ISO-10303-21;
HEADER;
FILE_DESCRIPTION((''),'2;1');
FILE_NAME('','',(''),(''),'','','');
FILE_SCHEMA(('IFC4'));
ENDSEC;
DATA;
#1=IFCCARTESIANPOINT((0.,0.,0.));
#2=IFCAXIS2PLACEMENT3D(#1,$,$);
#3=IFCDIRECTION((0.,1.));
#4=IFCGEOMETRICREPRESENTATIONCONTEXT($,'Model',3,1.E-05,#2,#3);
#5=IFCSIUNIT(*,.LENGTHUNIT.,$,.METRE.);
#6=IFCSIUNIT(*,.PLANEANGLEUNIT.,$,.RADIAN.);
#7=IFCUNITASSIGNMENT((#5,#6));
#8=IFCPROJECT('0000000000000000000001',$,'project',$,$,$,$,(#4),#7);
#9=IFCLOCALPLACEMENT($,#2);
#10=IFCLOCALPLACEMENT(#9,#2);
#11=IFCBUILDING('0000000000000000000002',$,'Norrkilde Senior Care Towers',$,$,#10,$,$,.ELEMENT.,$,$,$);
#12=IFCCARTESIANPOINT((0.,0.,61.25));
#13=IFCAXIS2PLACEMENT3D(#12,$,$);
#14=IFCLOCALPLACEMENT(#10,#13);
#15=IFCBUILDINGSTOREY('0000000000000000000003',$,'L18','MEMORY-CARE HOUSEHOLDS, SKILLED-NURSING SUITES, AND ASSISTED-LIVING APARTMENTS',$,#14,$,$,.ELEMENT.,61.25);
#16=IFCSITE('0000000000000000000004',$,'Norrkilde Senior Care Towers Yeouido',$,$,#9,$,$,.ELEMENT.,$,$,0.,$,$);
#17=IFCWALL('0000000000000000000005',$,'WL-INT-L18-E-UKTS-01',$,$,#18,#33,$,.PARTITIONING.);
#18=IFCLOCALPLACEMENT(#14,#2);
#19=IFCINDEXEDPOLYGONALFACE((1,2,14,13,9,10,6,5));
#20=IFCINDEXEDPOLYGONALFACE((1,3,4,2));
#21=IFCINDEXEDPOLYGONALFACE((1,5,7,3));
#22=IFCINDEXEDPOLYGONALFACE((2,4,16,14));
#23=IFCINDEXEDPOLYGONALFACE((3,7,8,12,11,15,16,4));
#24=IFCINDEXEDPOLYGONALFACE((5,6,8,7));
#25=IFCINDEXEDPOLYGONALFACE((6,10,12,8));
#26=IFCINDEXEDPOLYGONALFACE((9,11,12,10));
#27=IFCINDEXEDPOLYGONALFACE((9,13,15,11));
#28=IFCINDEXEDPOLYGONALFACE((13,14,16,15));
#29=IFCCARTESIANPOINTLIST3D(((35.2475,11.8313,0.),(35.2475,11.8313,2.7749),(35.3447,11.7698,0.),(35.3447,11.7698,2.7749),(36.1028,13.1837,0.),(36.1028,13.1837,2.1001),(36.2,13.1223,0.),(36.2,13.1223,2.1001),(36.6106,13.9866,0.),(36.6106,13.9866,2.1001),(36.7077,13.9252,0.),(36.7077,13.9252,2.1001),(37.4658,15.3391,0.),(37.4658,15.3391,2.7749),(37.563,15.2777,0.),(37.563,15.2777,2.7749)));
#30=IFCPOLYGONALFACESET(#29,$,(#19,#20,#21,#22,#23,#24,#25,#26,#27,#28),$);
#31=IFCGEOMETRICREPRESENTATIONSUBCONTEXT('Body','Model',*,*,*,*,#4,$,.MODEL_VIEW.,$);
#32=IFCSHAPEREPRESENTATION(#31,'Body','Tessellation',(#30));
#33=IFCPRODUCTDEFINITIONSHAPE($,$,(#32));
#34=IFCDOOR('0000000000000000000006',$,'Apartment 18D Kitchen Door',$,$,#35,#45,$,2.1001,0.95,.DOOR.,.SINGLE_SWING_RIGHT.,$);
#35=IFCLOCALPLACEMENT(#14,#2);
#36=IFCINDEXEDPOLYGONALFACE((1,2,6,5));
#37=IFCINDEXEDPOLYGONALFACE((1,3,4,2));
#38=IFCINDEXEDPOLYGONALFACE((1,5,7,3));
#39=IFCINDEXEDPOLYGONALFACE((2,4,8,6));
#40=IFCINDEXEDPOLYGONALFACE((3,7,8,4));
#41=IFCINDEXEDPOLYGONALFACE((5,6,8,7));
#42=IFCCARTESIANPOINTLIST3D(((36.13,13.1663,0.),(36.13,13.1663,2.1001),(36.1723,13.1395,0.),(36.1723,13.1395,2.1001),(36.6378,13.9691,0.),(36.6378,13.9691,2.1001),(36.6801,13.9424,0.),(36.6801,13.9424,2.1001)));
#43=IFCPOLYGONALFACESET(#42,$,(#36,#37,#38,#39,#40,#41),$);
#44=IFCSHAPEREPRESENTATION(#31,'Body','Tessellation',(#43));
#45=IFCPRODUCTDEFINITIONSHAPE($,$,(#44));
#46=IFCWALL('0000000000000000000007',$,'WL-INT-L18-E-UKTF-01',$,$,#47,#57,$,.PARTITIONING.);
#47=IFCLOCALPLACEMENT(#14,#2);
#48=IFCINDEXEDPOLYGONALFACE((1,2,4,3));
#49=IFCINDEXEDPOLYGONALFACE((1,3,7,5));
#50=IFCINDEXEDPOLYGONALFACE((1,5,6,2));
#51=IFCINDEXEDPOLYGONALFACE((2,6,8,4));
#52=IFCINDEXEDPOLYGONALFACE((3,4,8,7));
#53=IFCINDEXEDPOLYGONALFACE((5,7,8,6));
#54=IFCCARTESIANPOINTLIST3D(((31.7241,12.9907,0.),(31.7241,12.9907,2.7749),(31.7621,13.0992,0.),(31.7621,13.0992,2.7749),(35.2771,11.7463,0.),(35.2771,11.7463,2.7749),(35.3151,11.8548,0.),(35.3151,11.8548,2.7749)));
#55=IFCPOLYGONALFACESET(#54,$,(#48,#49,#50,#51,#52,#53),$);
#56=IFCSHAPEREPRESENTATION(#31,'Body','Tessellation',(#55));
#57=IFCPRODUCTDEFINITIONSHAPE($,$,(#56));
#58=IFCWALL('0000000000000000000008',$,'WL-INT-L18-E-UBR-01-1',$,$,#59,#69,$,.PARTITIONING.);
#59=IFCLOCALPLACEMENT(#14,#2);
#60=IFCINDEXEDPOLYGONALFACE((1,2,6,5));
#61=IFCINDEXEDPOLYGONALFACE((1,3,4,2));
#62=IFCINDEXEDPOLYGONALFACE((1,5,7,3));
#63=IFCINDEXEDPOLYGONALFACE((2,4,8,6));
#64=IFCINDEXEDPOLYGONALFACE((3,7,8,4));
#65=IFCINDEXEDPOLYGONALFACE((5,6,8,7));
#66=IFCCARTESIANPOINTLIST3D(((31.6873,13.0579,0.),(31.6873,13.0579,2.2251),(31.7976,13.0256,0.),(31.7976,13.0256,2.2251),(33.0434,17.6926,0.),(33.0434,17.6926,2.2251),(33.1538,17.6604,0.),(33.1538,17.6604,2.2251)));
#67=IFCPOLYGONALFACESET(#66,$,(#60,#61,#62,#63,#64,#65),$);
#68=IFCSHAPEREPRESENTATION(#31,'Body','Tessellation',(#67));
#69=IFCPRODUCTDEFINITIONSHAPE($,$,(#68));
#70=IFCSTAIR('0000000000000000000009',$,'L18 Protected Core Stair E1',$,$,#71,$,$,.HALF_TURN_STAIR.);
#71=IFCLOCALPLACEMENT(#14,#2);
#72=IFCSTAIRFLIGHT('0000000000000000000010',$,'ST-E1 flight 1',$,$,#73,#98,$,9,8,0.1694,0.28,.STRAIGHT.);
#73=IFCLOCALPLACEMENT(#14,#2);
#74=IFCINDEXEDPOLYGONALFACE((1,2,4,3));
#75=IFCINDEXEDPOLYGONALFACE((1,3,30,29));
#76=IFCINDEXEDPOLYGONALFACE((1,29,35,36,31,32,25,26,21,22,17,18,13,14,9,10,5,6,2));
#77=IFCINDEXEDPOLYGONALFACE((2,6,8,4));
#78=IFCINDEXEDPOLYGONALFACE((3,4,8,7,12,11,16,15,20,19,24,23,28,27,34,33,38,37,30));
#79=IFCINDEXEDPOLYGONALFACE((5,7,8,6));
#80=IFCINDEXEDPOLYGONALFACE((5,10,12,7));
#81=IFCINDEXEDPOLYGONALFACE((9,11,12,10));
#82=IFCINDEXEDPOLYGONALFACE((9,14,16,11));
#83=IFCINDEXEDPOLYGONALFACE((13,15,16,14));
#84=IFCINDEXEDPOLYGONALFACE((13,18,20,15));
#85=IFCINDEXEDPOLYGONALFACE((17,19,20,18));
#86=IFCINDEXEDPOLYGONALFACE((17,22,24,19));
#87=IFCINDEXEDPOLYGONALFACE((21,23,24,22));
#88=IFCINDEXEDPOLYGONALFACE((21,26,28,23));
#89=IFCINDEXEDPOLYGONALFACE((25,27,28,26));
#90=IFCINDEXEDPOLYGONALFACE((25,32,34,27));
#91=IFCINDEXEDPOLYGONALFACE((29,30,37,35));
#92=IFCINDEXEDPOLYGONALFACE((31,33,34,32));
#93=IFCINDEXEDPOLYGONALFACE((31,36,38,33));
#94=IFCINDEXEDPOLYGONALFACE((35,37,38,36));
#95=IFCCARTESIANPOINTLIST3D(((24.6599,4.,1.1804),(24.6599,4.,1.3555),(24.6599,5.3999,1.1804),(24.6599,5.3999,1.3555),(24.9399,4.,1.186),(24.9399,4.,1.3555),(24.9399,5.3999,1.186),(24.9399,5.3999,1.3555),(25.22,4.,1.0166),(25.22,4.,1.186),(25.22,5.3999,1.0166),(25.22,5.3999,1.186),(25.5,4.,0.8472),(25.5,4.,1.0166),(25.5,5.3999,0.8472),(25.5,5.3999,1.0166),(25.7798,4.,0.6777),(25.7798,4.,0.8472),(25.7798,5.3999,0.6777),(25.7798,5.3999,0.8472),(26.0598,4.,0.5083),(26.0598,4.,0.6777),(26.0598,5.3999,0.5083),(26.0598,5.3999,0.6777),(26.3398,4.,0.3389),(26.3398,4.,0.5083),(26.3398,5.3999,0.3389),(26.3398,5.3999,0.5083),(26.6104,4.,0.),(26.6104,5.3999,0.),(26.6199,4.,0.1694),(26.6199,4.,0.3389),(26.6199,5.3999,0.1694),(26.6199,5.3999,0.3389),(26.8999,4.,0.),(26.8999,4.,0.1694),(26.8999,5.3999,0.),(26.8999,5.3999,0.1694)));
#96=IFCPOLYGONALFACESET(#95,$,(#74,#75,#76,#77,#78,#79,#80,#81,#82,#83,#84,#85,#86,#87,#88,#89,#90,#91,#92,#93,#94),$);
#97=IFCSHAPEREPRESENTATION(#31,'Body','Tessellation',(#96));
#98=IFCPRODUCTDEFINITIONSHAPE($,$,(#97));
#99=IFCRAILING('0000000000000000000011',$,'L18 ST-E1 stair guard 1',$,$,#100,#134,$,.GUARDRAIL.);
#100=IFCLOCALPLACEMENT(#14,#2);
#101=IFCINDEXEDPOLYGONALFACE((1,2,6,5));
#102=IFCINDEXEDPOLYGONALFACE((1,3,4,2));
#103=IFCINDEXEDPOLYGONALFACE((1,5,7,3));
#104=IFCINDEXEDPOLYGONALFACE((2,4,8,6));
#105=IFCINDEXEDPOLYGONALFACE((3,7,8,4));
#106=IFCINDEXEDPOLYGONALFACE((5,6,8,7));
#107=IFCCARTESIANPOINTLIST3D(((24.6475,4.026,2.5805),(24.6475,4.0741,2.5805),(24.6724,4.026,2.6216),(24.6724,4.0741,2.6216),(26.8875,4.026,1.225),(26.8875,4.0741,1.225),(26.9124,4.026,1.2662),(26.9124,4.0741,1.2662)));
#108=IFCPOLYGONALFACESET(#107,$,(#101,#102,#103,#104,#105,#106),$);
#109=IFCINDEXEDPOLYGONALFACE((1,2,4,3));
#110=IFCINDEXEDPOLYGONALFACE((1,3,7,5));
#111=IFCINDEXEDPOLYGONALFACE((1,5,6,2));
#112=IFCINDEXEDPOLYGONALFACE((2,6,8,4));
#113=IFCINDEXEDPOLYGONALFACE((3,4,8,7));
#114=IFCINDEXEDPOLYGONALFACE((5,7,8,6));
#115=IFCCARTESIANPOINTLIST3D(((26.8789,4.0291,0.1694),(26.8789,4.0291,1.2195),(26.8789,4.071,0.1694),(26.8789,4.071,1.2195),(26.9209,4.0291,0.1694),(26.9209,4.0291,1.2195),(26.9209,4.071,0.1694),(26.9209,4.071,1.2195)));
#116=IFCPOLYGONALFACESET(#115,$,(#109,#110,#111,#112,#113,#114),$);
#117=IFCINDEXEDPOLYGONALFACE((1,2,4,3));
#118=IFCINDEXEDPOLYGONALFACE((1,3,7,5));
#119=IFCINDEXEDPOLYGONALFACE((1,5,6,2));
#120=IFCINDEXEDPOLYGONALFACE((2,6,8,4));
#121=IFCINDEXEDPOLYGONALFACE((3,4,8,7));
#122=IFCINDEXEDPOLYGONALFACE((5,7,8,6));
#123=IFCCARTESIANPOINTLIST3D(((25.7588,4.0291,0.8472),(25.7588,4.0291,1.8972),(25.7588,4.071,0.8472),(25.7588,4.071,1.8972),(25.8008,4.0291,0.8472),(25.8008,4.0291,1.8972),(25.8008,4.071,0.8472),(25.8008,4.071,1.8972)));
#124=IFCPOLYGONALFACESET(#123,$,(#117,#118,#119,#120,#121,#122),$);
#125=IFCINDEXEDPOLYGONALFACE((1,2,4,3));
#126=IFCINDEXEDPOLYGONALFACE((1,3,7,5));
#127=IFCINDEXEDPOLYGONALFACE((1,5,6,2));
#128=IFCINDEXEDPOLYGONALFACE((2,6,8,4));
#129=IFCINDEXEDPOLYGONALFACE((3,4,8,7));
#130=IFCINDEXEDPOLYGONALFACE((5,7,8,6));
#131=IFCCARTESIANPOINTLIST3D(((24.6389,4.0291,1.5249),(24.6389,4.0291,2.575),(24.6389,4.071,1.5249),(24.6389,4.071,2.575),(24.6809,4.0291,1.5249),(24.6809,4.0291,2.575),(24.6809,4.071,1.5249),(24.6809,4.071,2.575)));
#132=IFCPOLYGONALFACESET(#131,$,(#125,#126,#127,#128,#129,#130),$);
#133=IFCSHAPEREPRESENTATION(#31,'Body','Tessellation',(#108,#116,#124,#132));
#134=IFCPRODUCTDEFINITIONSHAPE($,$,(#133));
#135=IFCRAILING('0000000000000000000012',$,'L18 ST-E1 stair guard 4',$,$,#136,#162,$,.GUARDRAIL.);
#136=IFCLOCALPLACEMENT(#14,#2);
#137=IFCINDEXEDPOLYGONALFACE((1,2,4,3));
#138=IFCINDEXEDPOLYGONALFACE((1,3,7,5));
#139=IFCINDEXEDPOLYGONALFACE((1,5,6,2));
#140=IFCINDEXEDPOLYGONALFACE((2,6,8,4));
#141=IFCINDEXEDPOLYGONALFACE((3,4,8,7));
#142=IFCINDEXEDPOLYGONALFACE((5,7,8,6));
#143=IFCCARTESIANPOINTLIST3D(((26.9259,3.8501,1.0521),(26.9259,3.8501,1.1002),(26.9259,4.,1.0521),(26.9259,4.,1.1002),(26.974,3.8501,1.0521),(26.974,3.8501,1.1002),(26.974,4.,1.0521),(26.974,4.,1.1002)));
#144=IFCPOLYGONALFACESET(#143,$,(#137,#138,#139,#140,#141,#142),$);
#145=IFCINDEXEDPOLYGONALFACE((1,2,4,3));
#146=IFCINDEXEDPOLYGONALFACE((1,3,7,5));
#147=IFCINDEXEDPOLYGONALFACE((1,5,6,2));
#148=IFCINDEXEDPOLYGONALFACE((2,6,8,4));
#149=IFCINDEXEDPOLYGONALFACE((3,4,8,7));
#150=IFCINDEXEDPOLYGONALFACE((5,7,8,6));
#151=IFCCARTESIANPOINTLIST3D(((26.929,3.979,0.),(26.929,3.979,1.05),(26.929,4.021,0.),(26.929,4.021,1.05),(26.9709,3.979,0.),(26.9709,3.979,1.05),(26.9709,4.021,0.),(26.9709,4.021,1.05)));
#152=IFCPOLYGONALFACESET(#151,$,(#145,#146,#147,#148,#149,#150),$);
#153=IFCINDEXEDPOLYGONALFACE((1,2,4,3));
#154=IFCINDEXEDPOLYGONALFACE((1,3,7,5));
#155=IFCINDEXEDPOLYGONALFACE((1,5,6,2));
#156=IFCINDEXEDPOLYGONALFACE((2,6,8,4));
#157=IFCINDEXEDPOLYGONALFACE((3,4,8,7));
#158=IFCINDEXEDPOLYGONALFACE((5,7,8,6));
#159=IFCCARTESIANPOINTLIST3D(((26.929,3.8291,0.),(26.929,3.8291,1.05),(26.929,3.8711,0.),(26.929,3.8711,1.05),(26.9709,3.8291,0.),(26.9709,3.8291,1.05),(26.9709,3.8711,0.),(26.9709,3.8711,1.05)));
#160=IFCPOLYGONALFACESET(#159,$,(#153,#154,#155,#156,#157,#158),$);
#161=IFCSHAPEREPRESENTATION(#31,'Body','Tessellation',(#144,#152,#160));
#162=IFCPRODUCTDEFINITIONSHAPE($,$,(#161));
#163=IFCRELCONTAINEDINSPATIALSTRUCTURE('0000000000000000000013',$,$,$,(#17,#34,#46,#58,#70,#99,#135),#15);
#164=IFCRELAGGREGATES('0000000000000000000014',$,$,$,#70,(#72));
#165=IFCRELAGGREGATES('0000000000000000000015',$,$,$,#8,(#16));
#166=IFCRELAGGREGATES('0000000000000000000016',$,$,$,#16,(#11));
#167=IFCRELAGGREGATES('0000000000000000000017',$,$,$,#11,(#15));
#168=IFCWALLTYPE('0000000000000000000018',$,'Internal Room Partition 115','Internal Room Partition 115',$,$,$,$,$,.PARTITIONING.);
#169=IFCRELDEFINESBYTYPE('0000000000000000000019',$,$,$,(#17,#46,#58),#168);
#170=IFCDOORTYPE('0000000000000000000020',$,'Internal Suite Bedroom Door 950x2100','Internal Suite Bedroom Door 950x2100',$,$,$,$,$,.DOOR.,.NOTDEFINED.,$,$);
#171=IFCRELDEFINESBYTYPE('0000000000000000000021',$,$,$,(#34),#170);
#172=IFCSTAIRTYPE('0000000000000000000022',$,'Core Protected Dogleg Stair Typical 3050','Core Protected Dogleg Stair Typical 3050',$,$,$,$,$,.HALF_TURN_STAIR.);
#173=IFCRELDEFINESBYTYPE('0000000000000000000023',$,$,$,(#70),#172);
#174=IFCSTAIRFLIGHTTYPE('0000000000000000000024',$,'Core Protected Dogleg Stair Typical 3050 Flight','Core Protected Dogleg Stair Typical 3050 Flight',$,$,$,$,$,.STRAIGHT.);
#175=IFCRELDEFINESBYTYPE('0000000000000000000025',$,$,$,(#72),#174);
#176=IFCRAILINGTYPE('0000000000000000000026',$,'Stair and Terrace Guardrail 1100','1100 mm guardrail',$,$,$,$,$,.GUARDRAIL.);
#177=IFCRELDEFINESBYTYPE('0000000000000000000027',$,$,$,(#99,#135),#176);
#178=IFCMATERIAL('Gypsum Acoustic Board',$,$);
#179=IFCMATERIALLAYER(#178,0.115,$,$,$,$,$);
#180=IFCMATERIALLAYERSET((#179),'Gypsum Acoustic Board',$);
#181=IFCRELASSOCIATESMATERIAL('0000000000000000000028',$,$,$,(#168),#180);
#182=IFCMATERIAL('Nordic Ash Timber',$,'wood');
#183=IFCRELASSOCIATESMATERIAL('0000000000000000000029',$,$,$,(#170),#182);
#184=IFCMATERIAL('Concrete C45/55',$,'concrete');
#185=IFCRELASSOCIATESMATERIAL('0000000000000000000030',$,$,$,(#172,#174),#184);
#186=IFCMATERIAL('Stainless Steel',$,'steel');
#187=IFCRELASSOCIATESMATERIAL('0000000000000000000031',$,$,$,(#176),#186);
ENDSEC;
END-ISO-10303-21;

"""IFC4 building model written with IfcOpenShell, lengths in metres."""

from ifc_helpers import new_model, si_unit, direction, frame, frame_2d, origin, origin_2d, place, context, subcontext, project, spatial, polyline, rectangle, outline, extrude, source, transform, mapped, material, layer, layer_set, type_object, type_shapes, element, fill, aggregate, save


model = new_model("IFC4")

# Units and contexts
model_context = context("Model", 3, precision=1e-05, world=origin(), true_north=direction((0.0, 1.0)))
body_context = subcontext(model_context, "Body", "Model", "MODEL_VIEW")
ifc_project = project(units=[si_unit("LENGTHUNIT", "METRE"), si_unit("PLANEANGLEUNIT", "RADIAN")], contexts=[model_context])

# Site, building, storey
site_placement = place(None, origin())
site = spatial("IfcSite", under=ifc_project, at=site_placement, Name="Norrkilde Senior Care Towers Yeouido", CompositionType="ELEMENT", RefElevation=0.0)
building_placement = place(site_placement, origin())
building = spatial("IfcBuilding", under=site, at=building_placement, Name="Norrkilde Senior Care Towers", CompositionType="ELEMENT")
storey_placement = place(building_placement, frame((0.0, 0.0, 61.25)))
storey = spatial("IfcBuildingStorey", under=building, at=storey_placement, Name="L18", Description="MEMORY-CARE HOUSEHOLDS, SKILLED-NURSING SUITES, AND ASSISTED-LIVING APARTMENTS", CompositionType="ELEMENT", Elevation=61.25)

# Shared definitions
ifc_material_1 = material(Name="Concrete C45/55", Category="concrete")
ifc_material_2 = material(Name="Stainless Steel", Category="steel")

# Shared definitions
ifc_material_3 = material(Name="Gypsum Acoustic Board")
ifc_layer_1 = layer(ifc_material_3, 0.115)
ifc_layer_set_1 = layer_set([ifc_layer_1], Name="Gypsum Acoustic Board")
wall_type_1 = type_object("IfcWallType", Name="Internal Room Partition 115", Description="Internal Room Partition 115", PredefinedType="PARTITIONING", material=ifc_layer_set_1)

# Shared definitions
ifc_material_4 = material(Name="Nordic Ash Timber", Category="wood")
door_type_1 = type_object("IfcDoorType", Name="Internal Suite Bedroom Door 950x2100", Description="Internal Suite Bedroom Door 950x2100", OperationType="NOTDEFINED", PredefinedType="DOOR", material=ifc_material_4)
shared_shape_1 = source(origin(), body_context, "Body", "SweptSolid", [
    extrude(rectangle(XDim=0.95, YDim=2.1001, at=frame_2d((0.4751, 1.05))), frame((0.0, 0.0249, 0.0), z_axis=(0.0, -1.0, 0.0), x_axis=(1.0, 0.0, 0.0)), (0.0, 0.0, 1.0), 0.05),
])
type_shapes(door_type_1, [shared_shape_1])

# Wall, opening, door
shared_shape_2 = source(origin(), body_context, "Body", "SweptSolid", [
    extrude(rectangle(XDim=4.1504, YDim=0.115, at=frame_2d((2.0752, 0.0))), origin(), (0.0, 0.0, 1.0), 2.7749),
])
wall_1_placement = place(storey_placement, frame((35.2961, 11.8005, 0.0), z_axis=(0.0, 0.0, 1.0), x_axis=(0.534475, 0.845184, 0.0)))
wall_1 = element("IfcWall", 1, at=wall_1_placement, inside=storey, type_object=wall_type_1, Name="WL-INT-L18-E-UKTS-01", PredefinedType="PARTITIONING", context=body_context, shape_type="MappedRepresentation", body=[
    mapped(shared_shape_2, transform((0.0, 0.0, 0.0), x_axis=(1.0, 0.0, 0.0), y_axis=(0.0, 1.0, 0.0), z_axis=(0.0, 0.0, 1.0), scale=1.0)),
])
opening_1_placement = place(wall_1_placement, frame((1.6001, 0.0, 0.0)))
opening_1 = element("IfcOpeningElement", 2, at=opening_1_placement, cuts=wall_1, PredefinedType="OPENING", context=body_context, shape_type="SweptSolid", body=[
    extrude(rectangle(XDim=0.95, YDim=2.1001, at=frame_2d((0.4751, 1.05))), frame((0.0, 0.0674, 0.0), z_axis=(0.0, -1.0, 0.0), x_axis=(1.0, 0.0, 0.0)), (0.0, 0.0, 1.0), 0.135),
])
door_1_placement = place(opening_1_placement, frame((0.95, 0.0, 0.0), z_axis=(0.0, 0.0, 1.0), x_axis=(-1.0, 0.0, 0.0)))
door_1 = element("IfcDoor", 3, at=door_1_placement, inside=storey, type_object=door_type_1, Name="Apartment 18D Kitchen Door", OperationType="SINGLE_SWING_RIGHT", OverallHeight=2.1001, OverallWidth=0.95, PredefinedType="DOOR", context=body_context, shape_type="MappedRepresentation", body=[
    mapped(shared_shape_1, transform((0.0, 0.0, 0.0), x_axis=(1.0, 0.0, 0.0), y_axis=(0.0, 1.0, 0.0), z_axis=(0.0, 0.0, 1.0), scale=1.0)),
])
fill(opening_1, door_1)

# Wall
shared_shape_3 = source(origin(), body_context, "Body", "SweptSolid", [
    extrude(rectangle(XDim=3.7646, YDim=0.115, at=frame_2d((1.8823, 0.0))), origin(), (0.0, 0.0, 1.0), 2.7749),
])
wall_2_placement = place(storey_placement, frame((35.2961, 11.8005, 0.0), z_axis=(0.0, 0.0, 1.0), x_axis=(-0.943789, 0.33055, 0.0)))
element("IfcWall", 4, at=wall_2_placement, inside=storey, type_object=wall_type_1, Name="WL-INT-L18-E-UKTF-01", PredefinedType="PARTITIONING", context=body_context, shape_type="MappedRepresentation", body=[
    mapped(shared_shape_3, transform((0.0, 0.0, 0.0), x_axis=(1.0, 0.0, 0.0), y_axis=(0.0, 1.0, 0.0), z_axis=(0.0, 0.0, 1.0), scale=1.0)),
])

# Wall
shared_shape_4 = source(origin(), body_context, "Body", "SweptSolid", [
    extrude(rectangle(XDim=4.8291, YDim=0.115, at=frame_2d((2.4146, 0.0))), origin(), (0.0, 0.0, 1.0), 2.2251),
])
wall_3_placement = place(storey_placement, frame((31.7424, 13.0417, 0.0), z_axis=(0.0, 0.0, 1.0), x_axis=(0.280839, 0.959755, 0.0)))
element("IfcWall", 5, at=wall_3_placement, inside=storey, type_object=wall_type_1, Name="WL-INT-L18-E-UBR-01-1", PredefinedType="PARTITIONING", context=body_context, shape_type="MappedRepresentation", body=[
    mapped(shared_shape_4, transform((0.0, 0.0, 0.0), x_axis=(1.0, 0.0, 0.0), y_axis=(0.0, 1.0, 0.0), z_axis=(0.0, 0.0, 1.0), scale=1.0)),
])

# Stair, stair flight
stair_type = type_object("IfcStairType", Name="Core Protected Dogleg Stair Typical 3050", Description="Core Protected Dogleg Stair Typical 3050", PredefinedType="HALF_TURN_STAIR", material=ifc_material_1)
stair_placement = place(storey_placement, origin())
stair = element("IfcStair", 6, at=stair_placement, inside=storey, type_object=stair_type, Name="L18 Protected Core Stair E1", PredefinedType="HALF_TURN_STAIR")
stair_flight_type = type_object("IfcStairFlightType", Name="Core Protected Dogleg Stair Typical 3050 Flight", Description="Core Protected Dogleg Stair Typical 3050 Flight", PredefinedType="STRAIGHT", material=ifc_material_1)
stair_flight_placement = place(storey_placement, frame((26.8999, 4.7, 0.0), z_axis=(0.0, 0.0, 1.0), x_axis=(-1.0, 0.0, 0.0)))
stair_flight = element("IfcStairFlight", 7, at=stair_flight_placement, type_object=stair_flight_type, Name="ST-E1 flight 1", NumberOfRisers=9, NumberOfTreads=8, PredefinedType="STRAIGHT", RiserHeight=0.1694, TreadLength=0.28, context=body_context, shape_type="SweptSolid", body=[
    extrude(outline(polyline([(0.0, 0.0), (0.0, 0.1694), (0.28, 0.1694), (0.28, 0.3389), (0.5601, 0.3389), (0.5601, 0.5083), (0.8401, 0.5083), (0.8401, 0.6777), (1.1201, 0.6777), (1.1201, 0.8472), (1.3999, 0.8472), (1.3999, 1.0166), (1.6799, 1.0166), (1.6799, 1.186), (1.96, 1.186), (1.96, 1.3555), (2.24, 1.3555), (2.24, 1.5249), (2.24, 1.1804), (0.2896, 0.0), (0.0, 0.0)])), frame((0.0, 0.7, 0.0), z_axis=(0.0, -1.0, 0.0), x_axis=(1.0, 0.0, 0.0)), (0.0, 0.0, 1.0), 1.3999),
])
aggregate(stair, [stair_flight])

# Railings
railing_type_1 = type_object("IfcRailingType", Name="Stair and Terrace Guardrail 1100", Description="1100 mm guardrail", PredefinedType="GUARDRAIL", material=ifc_material_2)
railing_1_placement = place(storey_placement, frame((26.8999, 4.05, 0.1694)))
element("IfcRailing", 8, at=railing_1_placement, inside=storey, type_object=railing_type_1, Name="L18 ST-E1 stair guard 1", PredefinedType="GUARDRAIL", context=body_context, shape_type="SweptSolid", body=[
    extrude(rectangle(XDim=0.0481, YDim=0.0481, at=origin_2d()), frame((0.0, 0.0, 1.0762), z_axis=(-0.855553, 0.0, 0.517715), x_axis=(0.0, -1.0, 0.0)), (0.0, 0.0, 1.0), 2.6182),
    extrude(rectangle(XDim=0.042, YDim=0.042, at=origin_2d()), origin(), (0.0, 0.0, 1.0), 1.05),
    extrude(rectangle(XDim=0.042, YDim=0.042, at=origin_2d()), frame((-1.1201, 0.0, 0.6777)), (0.0, 0.0, 1.0), 1.05),
    extrude(rectangle(XDim=0.042, YDim=0.042, at=origin_2d()), frame((-2.24, 0.0, 1.3555)), (0.0, 0.0, 1.0), 1.05),
])
railing_2_placement = place(storey_placement, frame((26.95, 4.0, 0.0)))
element("IfcRailing", 9, at=railing_2_placement, inside=storey, type_object=railing_type_1, Name="L18 ST-E1 stair guard 4", PredefinedType="GUARDRAIL", context=body_context, shape_type="SweptSolid", body=[
    extrude(rectangle(XDim=0.0481, YDim=0.0481, at=origin_2d()), frame((0.0, 0.0, 1.0762), z_axis=(0.0, -1.0, 0.0), x_axis=(1.0, 0.0, 0.0)), (0.0, 0.0, 1.0), 0.1499),
    extrude(rectangle(XDim=0.042, YDim=0.042, at=origin_2d()), origin(), (0.0, 0.0, 1.0), 1.05),
    extrude(rectangle(XDim=0.042, YDim=0.042, at=origin_2d()), frame((0.0, -0.1499, 0.0)), (0.0, 0.0, 1.0), 1.05),
])

save(model, "model.ifc")
